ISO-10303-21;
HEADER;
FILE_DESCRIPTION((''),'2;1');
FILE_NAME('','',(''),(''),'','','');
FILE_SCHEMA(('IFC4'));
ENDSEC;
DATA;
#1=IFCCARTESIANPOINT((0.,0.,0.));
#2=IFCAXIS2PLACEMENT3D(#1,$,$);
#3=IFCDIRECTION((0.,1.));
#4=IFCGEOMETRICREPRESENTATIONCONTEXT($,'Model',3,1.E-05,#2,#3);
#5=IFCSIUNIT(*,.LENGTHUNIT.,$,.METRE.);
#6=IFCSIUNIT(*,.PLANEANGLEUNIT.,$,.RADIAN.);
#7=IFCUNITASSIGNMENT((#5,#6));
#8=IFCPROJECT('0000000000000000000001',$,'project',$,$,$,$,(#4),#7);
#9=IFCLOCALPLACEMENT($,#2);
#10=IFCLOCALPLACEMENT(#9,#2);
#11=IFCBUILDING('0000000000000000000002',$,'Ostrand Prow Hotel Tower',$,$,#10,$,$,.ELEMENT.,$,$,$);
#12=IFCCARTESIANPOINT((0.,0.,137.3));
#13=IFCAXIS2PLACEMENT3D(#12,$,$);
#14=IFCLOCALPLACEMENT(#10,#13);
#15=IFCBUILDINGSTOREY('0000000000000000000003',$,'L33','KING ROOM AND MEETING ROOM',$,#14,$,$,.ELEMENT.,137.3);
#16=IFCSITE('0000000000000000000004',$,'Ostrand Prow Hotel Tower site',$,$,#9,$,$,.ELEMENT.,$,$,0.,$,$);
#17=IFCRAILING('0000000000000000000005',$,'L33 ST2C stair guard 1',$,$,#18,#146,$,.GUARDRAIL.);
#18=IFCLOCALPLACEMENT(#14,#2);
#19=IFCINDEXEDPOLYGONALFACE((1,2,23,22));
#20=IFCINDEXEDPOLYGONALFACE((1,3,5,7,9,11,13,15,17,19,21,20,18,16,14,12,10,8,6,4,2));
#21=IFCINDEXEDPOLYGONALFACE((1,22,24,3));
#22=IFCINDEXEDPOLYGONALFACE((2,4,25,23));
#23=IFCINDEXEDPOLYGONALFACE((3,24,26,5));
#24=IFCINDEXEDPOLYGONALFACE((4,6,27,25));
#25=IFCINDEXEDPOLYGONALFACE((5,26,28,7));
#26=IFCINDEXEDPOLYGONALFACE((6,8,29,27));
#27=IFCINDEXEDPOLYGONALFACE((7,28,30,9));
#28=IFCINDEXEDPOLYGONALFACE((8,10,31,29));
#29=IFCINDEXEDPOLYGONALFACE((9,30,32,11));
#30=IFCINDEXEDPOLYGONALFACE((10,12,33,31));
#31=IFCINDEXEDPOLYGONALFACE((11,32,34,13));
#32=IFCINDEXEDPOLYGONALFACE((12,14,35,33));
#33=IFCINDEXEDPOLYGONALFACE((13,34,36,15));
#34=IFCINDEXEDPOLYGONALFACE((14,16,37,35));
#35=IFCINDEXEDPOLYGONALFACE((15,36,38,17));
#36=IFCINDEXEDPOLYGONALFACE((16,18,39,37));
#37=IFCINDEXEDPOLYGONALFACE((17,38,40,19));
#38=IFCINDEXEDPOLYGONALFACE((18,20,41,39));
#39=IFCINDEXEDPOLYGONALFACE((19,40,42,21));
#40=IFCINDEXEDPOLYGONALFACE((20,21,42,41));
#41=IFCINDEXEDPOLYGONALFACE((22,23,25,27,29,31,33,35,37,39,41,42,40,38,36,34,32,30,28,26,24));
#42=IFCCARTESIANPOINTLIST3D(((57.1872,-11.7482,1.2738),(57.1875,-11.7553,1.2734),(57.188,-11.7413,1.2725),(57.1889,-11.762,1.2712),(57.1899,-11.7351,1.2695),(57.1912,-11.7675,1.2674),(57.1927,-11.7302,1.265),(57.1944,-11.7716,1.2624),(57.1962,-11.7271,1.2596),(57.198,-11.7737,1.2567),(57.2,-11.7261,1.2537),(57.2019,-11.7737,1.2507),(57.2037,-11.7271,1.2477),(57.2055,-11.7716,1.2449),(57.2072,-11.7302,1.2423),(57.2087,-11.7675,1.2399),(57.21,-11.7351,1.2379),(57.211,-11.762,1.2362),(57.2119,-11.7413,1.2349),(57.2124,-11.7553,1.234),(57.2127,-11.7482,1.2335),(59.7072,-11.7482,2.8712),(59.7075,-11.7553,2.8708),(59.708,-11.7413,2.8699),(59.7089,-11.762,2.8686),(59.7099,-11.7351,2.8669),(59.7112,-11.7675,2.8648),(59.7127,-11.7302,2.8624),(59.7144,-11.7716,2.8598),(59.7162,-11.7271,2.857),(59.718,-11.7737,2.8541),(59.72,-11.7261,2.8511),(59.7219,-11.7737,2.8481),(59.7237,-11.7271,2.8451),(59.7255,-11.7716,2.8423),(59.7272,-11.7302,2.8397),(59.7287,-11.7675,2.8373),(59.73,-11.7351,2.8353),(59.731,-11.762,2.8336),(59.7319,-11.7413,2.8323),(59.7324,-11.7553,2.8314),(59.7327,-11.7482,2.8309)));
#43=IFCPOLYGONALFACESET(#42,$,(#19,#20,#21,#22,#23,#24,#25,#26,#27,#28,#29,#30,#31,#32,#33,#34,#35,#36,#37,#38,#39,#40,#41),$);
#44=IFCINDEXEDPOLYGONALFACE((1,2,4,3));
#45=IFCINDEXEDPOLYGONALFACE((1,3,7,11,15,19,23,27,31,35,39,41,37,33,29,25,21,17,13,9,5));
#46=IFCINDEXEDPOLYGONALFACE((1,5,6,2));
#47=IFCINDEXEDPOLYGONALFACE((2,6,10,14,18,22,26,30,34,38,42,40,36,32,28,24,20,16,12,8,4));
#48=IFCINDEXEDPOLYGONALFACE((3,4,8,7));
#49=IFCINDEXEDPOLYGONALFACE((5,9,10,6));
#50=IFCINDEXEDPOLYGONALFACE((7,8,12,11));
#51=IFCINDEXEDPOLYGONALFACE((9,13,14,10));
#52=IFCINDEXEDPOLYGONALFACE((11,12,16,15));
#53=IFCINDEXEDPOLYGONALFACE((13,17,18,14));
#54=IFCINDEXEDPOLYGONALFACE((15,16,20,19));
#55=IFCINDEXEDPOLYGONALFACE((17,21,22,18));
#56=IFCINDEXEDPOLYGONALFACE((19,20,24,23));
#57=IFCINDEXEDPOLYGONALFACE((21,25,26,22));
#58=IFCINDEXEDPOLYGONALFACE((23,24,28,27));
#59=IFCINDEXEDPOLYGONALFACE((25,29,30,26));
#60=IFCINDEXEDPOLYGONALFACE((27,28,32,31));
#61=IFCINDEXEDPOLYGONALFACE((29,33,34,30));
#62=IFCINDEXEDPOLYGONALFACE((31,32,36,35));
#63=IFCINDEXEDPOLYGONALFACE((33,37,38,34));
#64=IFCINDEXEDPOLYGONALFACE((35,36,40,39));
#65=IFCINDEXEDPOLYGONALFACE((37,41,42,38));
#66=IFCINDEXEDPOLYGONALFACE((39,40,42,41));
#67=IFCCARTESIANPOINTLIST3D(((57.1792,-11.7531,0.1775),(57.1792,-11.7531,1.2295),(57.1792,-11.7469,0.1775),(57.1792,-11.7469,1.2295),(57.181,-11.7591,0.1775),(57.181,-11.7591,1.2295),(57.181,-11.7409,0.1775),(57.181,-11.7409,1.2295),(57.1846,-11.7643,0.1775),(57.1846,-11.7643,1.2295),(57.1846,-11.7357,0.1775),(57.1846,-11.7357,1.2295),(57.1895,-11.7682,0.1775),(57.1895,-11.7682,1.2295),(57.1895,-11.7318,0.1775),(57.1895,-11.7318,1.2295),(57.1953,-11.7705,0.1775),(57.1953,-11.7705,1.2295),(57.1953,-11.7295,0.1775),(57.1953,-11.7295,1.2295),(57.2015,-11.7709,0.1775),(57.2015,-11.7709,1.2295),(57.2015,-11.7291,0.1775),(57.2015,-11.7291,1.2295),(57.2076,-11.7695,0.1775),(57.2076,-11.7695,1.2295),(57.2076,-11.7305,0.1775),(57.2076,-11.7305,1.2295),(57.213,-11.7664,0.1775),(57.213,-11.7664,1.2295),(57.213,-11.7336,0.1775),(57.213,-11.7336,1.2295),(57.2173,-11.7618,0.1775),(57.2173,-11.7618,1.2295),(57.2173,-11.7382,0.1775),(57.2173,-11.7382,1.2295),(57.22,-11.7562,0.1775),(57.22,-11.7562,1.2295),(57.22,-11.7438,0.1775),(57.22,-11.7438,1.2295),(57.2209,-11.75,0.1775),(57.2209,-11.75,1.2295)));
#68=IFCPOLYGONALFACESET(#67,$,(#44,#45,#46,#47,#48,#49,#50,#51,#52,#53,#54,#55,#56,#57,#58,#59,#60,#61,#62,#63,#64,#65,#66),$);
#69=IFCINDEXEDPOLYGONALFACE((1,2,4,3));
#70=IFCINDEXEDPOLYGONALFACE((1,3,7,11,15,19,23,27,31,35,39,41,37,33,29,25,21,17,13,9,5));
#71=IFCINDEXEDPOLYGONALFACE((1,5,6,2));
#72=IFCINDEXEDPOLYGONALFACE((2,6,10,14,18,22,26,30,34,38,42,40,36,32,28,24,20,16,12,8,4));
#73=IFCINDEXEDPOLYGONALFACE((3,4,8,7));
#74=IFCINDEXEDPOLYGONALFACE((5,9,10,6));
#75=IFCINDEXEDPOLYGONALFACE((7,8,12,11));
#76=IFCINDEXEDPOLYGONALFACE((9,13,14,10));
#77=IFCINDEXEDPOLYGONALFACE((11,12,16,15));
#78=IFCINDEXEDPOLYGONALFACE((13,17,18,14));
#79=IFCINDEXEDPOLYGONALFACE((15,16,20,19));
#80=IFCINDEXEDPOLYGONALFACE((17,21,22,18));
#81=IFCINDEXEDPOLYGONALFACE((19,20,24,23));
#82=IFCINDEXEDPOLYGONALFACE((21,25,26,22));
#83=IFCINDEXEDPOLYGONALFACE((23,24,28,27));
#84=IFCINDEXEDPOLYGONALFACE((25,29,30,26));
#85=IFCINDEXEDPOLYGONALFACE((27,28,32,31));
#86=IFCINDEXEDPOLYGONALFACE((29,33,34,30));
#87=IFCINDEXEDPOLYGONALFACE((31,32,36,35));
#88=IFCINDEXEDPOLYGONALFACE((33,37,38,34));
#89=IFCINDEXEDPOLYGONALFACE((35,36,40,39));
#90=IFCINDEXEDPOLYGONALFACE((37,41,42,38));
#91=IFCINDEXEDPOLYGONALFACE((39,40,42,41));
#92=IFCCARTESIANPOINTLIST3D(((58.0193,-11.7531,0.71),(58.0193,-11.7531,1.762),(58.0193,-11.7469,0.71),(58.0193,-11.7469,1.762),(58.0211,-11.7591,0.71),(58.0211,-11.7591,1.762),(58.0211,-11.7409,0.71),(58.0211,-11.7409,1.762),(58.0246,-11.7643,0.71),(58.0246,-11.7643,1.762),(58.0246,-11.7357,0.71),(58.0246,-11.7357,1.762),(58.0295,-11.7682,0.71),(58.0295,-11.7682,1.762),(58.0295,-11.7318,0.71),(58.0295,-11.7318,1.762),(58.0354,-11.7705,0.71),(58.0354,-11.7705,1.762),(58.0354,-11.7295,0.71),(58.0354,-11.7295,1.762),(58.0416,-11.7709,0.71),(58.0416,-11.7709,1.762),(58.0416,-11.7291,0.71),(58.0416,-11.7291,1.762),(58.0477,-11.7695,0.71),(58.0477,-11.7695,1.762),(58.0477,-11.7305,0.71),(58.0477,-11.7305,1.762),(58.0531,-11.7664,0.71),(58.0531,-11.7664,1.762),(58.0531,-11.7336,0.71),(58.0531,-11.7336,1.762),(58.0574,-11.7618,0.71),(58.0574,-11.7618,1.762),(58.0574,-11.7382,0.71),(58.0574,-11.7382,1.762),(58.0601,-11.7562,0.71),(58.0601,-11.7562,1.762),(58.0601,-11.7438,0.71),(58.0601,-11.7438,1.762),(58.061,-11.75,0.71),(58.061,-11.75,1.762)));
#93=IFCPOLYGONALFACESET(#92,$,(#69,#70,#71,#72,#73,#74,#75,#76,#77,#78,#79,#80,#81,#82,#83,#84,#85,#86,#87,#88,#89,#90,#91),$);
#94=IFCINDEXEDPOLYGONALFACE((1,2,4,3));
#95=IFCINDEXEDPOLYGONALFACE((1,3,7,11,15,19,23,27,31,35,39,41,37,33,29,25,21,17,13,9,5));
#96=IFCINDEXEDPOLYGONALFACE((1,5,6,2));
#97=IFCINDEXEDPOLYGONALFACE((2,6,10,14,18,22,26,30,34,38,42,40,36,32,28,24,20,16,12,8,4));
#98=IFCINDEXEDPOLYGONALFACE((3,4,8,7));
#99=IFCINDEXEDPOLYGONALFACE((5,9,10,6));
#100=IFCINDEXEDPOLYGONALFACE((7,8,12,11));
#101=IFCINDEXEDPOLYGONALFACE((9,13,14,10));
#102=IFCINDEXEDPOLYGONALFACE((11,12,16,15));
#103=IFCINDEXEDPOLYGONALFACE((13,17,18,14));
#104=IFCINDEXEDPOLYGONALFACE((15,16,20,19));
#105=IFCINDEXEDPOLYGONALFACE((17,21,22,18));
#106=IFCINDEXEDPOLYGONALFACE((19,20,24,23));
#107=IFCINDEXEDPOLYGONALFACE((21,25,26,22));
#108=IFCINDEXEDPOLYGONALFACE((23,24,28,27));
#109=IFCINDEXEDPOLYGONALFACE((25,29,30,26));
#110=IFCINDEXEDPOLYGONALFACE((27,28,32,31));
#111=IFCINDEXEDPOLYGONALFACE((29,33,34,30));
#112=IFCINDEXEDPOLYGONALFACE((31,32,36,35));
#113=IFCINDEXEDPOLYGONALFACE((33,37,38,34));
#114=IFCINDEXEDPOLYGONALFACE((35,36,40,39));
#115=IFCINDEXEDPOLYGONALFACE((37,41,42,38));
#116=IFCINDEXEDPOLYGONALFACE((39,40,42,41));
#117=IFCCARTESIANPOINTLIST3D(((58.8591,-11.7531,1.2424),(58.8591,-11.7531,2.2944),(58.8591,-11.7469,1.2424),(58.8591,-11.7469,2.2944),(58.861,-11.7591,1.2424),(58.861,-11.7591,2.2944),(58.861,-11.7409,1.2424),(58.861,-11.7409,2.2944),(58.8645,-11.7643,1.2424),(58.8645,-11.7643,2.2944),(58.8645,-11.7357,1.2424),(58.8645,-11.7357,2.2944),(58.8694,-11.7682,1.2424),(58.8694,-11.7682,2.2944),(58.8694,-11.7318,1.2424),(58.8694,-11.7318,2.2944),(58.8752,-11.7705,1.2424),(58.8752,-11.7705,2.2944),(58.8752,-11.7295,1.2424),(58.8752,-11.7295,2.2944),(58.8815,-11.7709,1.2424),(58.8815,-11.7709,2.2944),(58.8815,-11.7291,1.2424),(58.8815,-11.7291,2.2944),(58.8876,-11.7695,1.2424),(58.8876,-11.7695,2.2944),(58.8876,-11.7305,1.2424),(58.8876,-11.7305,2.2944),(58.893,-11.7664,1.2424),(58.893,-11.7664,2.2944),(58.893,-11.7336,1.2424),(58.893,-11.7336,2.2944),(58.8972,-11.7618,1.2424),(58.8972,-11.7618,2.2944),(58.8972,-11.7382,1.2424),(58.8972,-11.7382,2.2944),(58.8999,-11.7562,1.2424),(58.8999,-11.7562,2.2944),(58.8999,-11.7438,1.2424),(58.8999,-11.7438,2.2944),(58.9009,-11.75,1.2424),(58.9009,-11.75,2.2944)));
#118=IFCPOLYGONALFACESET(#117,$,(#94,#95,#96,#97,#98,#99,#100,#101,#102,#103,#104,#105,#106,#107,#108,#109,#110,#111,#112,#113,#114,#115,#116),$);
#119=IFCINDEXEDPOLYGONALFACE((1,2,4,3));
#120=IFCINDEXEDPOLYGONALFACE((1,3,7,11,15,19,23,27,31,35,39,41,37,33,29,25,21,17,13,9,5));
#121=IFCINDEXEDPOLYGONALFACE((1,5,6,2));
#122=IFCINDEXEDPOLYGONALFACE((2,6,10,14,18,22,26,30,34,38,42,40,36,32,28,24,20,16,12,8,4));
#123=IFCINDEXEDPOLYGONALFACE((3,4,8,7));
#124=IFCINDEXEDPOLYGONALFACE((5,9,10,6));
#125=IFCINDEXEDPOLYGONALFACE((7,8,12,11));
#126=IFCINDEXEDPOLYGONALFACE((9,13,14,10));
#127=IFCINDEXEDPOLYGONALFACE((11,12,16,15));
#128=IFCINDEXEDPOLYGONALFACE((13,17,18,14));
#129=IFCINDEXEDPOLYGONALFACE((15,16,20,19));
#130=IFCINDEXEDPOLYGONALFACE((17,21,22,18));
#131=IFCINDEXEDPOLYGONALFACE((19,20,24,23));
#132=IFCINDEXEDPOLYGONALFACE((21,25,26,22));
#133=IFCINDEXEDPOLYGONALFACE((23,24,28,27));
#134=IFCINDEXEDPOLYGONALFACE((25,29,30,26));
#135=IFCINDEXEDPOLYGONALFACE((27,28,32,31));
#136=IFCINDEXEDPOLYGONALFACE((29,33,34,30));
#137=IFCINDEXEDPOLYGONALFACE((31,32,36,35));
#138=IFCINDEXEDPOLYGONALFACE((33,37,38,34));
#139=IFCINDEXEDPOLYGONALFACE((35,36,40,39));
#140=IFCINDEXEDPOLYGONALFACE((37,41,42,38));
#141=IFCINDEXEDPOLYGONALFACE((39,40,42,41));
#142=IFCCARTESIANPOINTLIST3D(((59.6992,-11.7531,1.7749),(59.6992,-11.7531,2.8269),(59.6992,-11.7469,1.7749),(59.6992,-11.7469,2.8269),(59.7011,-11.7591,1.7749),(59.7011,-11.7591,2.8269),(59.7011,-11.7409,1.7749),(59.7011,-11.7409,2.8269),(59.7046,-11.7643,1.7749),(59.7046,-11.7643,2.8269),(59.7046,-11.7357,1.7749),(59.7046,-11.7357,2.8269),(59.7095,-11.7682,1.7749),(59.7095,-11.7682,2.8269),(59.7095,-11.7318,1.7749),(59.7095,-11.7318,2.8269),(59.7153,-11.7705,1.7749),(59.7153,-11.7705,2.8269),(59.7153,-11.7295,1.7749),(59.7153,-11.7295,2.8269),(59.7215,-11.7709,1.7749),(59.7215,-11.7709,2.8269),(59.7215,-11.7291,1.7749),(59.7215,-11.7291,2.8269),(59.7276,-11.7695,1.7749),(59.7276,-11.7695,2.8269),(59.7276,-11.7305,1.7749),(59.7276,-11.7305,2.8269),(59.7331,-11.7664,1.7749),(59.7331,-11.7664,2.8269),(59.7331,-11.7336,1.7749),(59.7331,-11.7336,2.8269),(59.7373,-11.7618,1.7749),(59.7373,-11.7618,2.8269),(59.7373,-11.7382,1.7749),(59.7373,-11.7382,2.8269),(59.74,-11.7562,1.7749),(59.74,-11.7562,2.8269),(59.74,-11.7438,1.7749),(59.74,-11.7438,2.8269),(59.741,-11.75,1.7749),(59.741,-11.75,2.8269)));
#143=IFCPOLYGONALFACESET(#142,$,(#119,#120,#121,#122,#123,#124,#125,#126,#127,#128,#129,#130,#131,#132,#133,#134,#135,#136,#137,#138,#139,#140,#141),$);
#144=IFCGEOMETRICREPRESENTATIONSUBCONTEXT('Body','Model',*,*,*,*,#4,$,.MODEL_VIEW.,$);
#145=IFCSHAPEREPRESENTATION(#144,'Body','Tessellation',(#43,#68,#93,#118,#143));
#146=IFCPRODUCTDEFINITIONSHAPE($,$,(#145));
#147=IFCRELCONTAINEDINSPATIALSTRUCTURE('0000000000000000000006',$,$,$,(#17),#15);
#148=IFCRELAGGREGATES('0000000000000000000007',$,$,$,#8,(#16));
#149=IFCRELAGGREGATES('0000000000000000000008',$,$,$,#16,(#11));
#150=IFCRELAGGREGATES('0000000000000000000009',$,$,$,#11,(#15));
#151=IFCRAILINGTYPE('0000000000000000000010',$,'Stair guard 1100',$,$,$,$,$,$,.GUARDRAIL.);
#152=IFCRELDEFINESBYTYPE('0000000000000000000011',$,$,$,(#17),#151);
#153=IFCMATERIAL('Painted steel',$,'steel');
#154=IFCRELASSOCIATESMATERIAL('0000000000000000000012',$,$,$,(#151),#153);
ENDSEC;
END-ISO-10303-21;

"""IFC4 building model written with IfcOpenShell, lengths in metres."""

from ifc_helpers import new_model, si_unit, direction, frame, origin, origin_2d, place, context, subcontext, project, spatial, circle, extrude, material, type_object, element, save


model = new_model("IFC4")

# Units and contexts
model_context = context("Model", 3, precision=1e-05, world=origin(), true_north=direction((0.0, 1.0)))
body_context = subcontext(model_context, "Body", "Model", "MODEL_VIEW")
ifc_project = project(units=[si_unit("LENGTHUNIT", "METRE"), si_unit("PLANEANGLEUNIT", "RADIAN")], contexts=[model_context])

# Site, building, storey
site_placement = place(None, origin())
site = spatial("IfcSite", under=ifc_project, at=site_placement, Name="Ostrand Prow Hotel Tower site", CompositionType="ELEMENT", RefElevation=0.0)
building_placement = place(site_placement, origin())
building = spatial("IfcBuilding", under=site, at=building_placement, Name="Ostrand Prow Hotel Tower", CompositionType="ELEMENT")
storey_placement = place(building_placement, frame((0.0, 0.0, 137.3)))
storey = spatial("IfcBuildingStorey", under=building, at=storey_placement, Name="L33", Description="KING ROOM AND MEETING ROOM", CompositionType="ELEMENT", Elevation=137.3)

# Railing
ifc_material_1 = material(Name="Painted steel", Category="steel")
railing_type_1 = type_object("IfcRailingType", Name="Stair guard 1100", PredefinedType="GUARDRAIL", material=ifc_material_1)
railing_1_placement = place(storey_placement, frame((57.2, -11.75, 0.1775)))
element("IfcRailing", 1, at=railing_1_placement, inside=storey, type_object=railing_type_1, Name="L33 ST2C stair guard 1", PredefinedType="GUARDRAIL", context=body_context, shape_type="SweptSolid", body=[
    extrude(circle(Radius=0.0239, at=origin_2d()), frame((0.0, 0.0, 1.0762), z_axis=(0.844607, 0.0, 0.535387), x_axis=(0.0, 1.0, 0.0)), (0.0, 0.0, 1.0), 2.9836),
    extrude(circle(Radius=0.021, at=origin_2d()), origin(), (0.0, 0.0, 1.0), 1.052),
    extrude(circle(Radius=0.021, at=origin_2d()), frame((0.8401, 0.0, 0.5325)), (0.0, 0.0, 1.0), 1.052),
    extrude(circle(Radius=0.021, at=origin_2d()), frame((1.6799, 0.0, 1.0649)), (0.0, 0.0, 1.0), 1.052),
    extrude(circle(Radius=0.021, at=origin_2d()), frame((2.52, 0.0, 1.5974)), (0.0, 0.0, 1.0), 1.052),
])

save(model, "model.ifc")
